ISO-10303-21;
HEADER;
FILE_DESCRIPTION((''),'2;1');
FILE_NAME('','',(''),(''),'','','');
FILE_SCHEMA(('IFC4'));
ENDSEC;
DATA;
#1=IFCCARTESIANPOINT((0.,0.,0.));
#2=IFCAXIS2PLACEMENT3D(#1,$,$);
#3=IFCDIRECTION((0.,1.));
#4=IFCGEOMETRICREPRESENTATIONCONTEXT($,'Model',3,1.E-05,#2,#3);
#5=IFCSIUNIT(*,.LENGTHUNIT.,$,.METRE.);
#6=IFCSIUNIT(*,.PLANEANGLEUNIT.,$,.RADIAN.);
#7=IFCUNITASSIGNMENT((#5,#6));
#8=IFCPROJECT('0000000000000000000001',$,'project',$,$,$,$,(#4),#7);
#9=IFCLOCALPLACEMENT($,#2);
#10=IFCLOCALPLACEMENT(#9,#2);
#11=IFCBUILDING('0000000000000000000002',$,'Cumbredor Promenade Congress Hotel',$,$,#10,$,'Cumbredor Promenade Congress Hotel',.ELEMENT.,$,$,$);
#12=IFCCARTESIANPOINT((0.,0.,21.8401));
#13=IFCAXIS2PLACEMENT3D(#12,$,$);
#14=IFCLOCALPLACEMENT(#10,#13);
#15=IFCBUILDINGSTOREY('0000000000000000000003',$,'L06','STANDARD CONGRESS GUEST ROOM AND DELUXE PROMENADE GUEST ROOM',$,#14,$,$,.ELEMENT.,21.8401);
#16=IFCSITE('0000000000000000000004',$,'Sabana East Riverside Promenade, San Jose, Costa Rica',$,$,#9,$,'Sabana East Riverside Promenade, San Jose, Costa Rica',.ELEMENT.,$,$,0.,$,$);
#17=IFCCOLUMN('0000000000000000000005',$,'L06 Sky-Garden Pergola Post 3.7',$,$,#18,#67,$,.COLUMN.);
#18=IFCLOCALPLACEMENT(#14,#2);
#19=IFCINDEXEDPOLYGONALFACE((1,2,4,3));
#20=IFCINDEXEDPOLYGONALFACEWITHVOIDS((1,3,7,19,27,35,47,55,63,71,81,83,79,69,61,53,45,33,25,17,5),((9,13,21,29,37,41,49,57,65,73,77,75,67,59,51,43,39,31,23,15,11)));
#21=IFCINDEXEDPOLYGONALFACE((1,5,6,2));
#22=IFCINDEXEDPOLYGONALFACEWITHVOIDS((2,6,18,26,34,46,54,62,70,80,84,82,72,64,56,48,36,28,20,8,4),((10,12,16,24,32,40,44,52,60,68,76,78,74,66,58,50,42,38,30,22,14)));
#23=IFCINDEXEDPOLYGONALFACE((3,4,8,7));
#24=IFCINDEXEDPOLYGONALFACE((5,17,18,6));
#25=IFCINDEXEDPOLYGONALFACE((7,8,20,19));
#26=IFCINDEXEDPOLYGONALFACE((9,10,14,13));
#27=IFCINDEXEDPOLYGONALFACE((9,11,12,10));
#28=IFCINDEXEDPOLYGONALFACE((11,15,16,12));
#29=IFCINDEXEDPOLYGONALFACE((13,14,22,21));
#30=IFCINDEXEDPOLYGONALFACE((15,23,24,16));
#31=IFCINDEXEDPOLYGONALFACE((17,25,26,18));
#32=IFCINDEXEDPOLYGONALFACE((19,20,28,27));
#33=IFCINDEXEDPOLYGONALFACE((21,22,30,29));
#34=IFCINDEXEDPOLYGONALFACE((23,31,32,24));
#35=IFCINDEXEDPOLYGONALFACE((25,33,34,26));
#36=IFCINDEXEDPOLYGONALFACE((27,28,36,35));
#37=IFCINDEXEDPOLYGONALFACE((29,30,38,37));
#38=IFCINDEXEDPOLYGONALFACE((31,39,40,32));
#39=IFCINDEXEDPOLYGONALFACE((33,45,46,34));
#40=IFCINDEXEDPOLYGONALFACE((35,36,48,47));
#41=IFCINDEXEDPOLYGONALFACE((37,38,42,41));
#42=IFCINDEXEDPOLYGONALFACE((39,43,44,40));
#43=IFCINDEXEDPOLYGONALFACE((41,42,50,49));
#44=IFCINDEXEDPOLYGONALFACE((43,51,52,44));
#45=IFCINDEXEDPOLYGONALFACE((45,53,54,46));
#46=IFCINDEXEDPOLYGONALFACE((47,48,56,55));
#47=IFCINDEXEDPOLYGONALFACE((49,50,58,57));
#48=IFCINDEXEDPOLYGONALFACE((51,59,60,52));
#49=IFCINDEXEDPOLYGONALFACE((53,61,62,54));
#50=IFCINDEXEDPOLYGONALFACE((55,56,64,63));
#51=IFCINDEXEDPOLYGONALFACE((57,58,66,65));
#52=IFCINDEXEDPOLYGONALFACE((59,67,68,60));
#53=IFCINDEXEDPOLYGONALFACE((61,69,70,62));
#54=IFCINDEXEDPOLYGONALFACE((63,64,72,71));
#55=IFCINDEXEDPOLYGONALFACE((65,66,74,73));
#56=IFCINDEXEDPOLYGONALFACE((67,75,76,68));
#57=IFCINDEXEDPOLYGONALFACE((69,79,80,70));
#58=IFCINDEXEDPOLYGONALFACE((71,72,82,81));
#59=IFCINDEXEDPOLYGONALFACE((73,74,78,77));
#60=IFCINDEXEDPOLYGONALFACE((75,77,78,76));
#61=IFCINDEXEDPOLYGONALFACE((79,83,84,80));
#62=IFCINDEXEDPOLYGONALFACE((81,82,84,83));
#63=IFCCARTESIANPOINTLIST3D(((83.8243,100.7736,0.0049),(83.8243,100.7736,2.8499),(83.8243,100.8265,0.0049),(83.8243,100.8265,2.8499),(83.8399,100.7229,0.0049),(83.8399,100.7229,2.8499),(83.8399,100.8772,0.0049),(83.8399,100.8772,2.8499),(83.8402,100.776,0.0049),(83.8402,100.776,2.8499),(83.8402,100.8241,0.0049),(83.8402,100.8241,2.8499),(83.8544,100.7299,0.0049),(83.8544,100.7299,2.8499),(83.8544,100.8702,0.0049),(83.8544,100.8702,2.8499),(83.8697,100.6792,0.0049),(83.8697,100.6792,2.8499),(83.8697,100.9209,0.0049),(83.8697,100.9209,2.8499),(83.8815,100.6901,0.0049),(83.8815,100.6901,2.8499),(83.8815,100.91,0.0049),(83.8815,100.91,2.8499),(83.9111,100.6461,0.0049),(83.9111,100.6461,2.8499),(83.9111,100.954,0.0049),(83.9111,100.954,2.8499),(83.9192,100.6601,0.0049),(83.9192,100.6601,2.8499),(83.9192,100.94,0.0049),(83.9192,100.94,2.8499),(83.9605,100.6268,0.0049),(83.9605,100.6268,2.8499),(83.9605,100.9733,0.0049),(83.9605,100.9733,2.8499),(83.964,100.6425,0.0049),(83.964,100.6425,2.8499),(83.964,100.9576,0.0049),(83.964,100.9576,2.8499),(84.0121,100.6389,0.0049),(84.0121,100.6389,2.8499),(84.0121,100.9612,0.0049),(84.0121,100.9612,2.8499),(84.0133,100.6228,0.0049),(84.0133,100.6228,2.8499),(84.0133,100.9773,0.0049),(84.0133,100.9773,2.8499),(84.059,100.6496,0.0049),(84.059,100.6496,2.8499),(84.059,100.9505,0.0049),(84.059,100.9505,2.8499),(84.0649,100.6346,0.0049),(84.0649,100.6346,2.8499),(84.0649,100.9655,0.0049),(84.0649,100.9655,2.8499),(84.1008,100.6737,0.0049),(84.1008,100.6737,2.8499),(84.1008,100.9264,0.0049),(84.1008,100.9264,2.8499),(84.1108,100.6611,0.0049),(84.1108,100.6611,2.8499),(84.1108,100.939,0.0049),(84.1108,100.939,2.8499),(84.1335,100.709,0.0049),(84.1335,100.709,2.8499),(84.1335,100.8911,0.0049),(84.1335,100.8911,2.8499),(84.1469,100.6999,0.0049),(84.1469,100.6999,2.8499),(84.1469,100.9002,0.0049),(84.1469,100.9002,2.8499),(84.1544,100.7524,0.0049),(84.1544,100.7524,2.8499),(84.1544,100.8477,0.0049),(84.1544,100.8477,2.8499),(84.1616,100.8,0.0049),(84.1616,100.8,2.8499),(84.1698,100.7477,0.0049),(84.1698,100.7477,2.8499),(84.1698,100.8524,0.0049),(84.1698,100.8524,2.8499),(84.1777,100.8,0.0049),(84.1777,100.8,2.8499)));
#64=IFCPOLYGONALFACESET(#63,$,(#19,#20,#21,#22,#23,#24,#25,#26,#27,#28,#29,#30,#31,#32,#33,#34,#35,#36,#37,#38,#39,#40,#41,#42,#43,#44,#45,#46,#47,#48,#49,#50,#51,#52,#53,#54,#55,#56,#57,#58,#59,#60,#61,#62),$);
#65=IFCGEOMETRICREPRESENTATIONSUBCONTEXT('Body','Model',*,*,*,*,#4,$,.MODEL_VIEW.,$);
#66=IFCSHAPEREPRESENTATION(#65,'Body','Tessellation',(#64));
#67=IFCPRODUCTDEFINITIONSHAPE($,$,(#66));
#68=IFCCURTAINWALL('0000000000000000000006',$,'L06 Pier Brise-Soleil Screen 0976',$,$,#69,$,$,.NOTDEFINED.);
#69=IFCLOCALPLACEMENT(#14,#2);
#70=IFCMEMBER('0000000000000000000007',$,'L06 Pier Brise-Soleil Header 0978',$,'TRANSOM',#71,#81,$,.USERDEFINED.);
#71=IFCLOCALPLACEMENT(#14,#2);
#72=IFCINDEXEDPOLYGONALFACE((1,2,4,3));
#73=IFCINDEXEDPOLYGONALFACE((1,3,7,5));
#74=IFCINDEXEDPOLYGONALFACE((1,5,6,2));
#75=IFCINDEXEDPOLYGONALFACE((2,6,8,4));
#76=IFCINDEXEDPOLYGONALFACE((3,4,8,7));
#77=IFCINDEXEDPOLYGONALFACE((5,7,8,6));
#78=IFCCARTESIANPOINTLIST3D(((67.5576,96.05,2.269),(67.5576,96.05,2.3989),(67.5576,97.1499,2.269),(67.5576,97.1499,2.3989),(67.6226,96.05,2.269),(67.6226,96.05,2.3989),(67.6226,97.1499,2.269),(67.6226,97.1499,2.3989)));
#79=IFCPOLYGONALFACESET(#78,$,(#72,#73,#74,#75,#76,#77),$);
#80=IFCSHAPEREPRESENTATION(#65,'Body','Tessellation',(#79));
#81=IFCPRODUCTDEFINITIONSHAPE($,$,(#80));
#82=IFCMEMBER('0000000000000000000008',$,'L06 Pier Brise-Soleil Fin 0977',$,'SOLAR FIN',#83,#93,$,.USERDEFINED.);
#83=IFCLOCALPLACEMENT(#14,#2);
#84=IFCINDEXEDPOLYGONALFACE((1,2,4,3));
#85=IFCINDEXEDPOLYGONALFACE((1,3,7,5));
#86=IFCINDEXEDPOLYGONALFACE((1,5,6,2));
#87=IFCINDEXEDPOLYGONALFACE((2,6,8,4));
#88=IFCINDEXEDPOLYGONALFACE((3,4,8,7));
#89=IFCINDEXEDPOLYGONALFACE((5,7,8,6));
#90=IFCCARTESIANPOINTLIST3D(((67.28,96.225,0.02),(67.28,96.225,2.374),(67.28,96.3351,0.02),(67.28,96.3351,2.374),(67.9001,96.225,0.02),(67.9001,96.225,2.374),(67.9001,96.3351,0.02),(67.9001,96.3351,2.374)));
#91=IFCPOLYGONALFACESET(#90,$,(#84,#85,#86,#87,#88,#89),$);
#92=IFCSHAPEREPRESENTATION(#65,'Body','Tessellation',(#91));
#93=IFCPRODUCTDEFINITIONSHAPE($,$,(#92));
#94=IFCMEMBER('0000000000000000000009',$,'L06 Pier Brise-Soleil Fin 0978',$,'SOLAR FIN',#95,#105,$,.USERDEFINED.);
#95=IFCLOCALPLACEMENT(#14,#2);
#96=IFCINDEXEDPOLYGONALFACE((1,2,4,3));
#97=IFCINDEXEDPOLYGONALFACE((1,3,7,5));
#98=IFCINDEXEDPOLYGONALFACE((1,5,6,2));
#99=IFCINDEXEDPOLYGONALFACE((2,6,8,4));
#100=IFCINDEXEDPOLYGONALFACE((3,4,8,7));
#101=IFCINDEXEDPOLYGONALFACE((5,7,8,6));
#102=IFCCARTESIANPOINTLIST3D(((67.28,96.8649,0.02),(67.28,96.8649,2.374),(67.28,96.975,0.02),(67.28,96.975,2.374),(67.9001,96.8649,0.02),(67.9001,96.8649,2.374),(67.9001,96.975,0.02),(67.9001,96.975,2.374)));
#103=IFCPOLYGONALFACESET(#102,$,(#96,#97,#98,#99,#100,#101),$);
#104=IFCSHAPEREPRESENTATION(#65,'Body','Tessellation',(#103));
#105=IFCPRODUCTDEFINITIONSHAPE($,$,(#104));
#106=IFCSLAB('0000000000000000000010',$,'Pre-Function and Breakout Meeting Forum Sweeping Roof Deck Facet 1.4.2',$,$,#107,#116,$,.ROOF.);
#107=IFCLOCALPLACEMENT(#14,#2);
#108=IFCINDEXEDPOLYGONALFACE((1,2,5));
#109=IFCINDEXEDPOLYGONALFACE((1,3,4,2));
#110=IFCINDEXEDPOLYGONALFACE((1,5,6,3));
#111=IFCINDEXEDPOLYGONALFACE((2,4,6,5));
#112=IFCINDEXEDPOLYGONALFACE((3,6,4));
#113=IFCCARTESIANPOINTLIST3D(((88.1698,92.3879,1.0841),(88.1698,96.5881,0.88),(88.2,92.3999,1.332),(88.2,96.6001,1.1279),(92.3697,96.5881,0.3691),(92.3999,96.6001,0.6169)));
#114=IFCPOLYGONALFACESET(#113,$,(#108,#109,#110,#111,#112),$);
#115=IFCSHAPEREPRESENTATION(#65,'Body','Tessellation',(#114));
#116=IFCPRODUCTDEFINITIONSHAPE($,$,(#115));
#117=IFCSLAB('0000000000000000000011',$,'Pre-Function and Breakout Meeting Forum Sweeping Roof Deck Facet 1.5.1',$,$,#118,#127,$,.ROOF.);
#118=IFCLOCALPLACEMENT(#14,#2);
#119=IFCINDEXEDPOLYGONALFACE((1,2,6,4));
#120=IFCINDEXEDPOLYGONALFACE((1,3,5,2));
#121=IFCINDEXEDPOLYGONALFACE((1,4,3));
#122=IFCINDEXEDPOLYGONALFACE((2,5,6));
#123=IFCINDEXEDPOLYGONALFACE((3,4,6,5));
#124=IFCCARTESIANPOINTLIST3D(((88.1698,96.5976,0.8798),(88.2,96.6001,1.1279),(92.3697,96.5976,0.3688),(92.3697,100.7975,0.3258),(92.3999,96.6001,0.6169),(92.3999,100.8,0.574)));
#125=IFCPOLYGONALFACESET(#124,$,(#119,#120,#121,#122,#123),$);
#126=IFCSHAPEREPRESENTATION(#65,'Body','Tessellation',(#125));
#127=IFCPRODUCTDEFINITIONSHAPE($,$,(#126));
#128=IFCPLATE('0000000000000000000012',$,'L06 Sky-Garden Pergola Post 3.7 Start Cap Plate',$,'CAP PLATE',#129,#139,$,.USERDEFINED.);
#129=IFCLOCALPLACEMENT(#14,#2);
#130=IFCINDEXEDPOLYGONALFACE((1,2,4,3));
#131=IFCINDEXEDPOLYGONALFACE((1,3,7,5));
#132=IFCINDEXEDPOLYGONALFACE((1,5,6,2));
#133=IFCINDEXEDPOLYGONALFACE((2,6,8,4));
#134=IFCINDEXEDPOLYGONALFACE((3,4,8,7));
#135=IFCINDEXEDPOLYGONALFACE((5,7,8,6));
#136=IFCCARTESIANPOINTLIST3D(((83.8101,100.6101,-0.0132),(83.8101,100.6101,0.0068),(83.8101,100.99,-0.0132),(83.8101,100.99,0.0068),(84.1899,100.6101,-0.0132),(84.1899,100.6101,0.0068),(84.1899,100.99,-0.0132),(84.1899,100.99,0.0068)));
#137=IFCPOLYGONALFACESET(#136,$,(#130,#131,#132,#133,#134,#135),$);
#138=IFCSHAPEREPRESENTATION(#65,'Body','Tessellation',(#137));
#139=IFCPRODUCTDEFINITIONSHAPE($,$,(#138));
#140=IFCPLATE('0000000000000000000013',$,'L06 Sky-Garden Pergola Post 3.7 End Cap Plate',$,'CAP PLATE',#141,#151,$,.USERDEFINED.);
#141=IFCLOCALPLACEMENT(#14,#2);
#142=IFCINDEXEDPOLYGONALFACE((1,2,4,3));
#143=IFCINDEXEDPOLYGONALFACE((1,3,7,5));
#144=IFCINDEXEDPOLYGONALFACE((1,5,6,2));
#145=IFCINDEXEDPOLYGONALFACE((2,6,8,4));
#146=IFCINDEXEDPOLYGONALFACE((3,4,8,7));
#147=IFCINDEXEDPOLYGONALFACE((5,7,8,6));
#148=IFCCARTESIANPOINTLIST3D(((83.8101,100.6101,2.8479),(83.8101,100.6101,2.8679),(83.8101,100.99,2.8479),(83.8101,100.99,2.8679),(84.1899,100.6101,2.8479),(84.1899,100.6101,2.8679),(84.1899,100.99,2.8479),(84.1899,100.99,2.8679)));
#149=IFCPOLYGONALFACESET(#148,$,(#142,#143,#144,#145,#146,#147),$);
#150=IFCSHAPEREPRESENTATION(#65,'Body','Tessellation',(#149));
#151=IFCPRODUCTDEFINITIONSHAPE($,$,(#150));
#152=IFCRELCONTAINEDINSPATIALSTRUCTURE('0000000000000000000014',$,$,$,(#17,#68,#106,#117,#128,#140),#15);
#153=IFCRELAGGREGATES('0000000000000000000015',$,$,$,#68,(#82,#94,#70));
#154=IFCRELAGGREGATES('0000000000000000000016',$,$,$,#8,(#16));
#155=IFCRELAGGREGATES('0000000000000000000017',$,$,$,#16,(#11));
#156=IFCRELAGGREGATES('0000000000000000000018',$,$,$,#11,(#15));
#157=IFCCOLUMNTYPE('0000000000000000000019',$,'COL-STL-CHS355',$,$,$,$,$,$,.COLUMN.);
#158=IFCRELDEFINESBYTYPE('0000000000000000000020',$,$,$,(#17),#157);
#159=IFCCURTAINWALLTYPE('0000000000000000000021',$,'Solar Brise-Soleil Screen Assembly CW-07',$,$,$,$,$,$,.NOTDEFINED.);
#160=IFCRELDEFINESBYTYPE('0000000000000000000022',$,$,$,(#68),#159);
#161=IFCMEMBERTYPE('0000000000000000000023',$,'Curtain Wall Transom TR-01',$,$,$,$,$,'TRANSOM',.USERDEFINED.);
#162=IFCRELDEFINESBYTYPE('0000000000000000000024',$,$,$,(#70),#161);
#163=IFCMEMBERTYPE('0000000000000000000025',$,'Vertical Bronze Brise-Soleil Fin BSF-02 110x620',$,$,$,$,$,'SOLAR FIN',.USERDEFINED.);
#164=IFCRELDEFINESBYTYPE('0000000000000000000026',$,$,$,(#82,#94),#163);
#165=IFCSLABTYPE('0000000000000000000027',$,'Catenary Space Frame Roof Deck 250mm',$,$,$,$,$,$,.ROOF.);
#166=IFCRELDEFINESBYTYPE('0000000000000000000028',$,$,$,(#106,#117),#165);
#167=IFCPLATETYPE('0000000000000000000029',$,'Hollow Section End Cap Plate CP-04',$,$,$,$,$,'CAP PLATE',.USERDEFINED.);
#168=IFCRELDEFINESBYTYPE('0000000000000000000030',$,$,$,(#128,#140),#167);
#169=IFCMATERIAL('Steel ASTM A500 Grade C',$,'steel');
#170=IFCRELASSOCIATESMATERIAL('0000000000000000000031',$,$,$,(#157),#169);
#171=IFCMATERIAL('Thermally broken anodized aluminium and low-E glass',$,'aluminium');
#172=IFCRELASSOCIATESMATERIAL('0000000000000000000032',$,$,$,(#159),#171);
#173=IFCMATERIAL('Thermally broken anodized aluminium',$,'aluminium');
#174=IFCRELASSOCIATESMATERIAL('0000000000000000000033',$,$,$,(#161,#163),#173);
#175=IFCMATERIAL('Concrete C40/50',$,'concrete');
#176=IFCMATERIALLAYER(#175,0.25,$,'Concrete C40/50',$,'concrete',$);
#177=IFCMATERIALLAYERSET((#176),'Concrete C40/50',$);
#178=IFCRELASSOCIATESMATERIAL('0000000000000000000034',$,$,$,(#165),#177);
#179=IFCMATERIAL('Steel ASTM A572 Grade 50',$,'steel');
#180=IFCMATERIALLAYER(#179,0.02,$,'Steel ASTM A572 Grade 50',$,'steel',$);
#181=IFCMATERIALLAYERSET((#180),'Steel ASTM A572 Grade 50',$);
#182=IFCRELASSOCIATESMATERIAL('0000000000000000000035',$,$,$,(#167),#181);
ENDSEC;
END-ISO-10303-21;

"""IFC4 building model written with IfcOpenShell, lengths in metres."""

from ifc_helpers import new_model, si_unit, direction, frame, origin, origin_2d, place, context, subcontext, project, spatial, polyline, rectangle, hollow_circle, outline, extrude, material, layer, layer_set, material_profile, profile_set, type_object, element, aggregate, save


model = new_model("IFC4")

# Units and contexts
model_context = context("Model", 3, precision=1e-05, world=origin(), true_north=direction((0.0, 1.0)))
body_context = subcontext(model_context, "Body", "Model", "MODEL_VIEW")
ifc_project = project(units=[si_unit("LENGTHUNIT", "METRE"), si_unit("PLANEANGLEUNIT", "RADIAN")], contexts=[model_context])

# Site, building, storey
site_placement = place(None, origin())
site = spatial("IfcSite", under=ifc_project, at=site_placement, Name="Sabana East Riverside Promenade, San Jose, Costa Rica", LongName="Sabana East Riverside Promenade, San Jose, Costa Rica", CompositionType="ELEMENT", RefElevation=0.0)
building_placement = place(site_placement, origin())
building = spatial("IfcBuilding", under=site, at=building_placement, Name="Cumbredor Promenade Congress Hotel", LongName="Cumbredor Promenade Congress Hotel", CompositionType="ELEMENT")
storey_placement = place(building_placement, frame((0.0, 0.0, 21.8401)))
storey = spatial("IfcBuildingStorey", under=building, at=storey_placement, Name="L06", Description="STANDARD CONGRESS GUEST ROOM AND DELUXE PROMENADE GUEST ROOM", CompositionType="ELEMENT", Elevation=21.8401)

# Column
ifc_material_1 = material(Name="Steel ASTM A500 Grade C", Category="steel")
ifc_material_profile_1 = material_profile(ifc_material_1, hollow_circle(Radius=0.1777, WallThickness=0.0161, at=origin_2d()), Name="CHS 355.6x16")
ifc_profile_set_1 = profile_set([ifc_material_profile_1], Name="Steel ASTM A500 Grade C")
column_type = type_object("IfcColumnType", Name="COL-STL-CHS355", PredefinedType="COLUMN", material=ifc_profile_set_1)
column_placement = place(storey_placement, frame((84.0, 100.8, 0.0049), z_axis=(0.0, 0.0, 1.0), x_axis=(1.0, 0.0, 0.0)))
element("IfcColumn", 1, at=column_placement, inside=storey, type_object=column_type, Name="L06 Sky-Garden Pergola Post 3.7", PredefinedType="COLUMN", context=body_context, shape_type="SweptSolid", body=[
    extrude(hollow_circle(Radius=0.1777, WallThickness=0.0161, at=origin_2d()), origin(), (0.0, 0.0, 1.0), 2.845),
])

# Curtain wall, members
ifc_material_2 = material(Name="Thermally broken anodized aluminium and low-E glass", Category="aluminium")
curtain_wall_type = type_object("IfcCurtainWallType", Name="Solar Brise-Soleil Screen Assembly CW-07", PredefinedType="NOTDEFINED", material=ifc_material_2)
curtain_wall_placement = place(storey_placement, origin())
curtain_wall = element("IfcCurtainWall", 2, at=curtain_wall_placement, inside=storey, type_object=curtain_wall_type, Name="L06 Pier Brise-Soleil Screen 0976", PredefinedType="NOTDEFINED")
ifc_material_3 = material(Name="Thermally broken anodized aluminium", Category="aluminium")
ifc_material_profile_2 = material_profile(ifc_material_3, rectangle(XDim=0.0649, YDim=0.1299, at=origin_2d()), Name="ALU TRANSOM 65x130")
ifc_profile_set_2 = profile_set([ifc_material_profile_2], Name="Thermally broken anodized aluminium")
member_type_1 = type_object("IfcMemberType", Name="Curtain Wall Transom TR-01", ElementType="TRANSOM", PredefinedType="USERDEFINED", material=ifc_profile_set_2)
member_1_placement = place(storey_placement, frame((67.5901, 96.05, 2.334), z_axis=(0.0, 1.0, 0.0), x_axis=(-1.0, 0.0, 0.0)))
member_1 = element("IfcMember", 3, at=member_1_placement, type_object=member_type_1, Name="L06 Pier Brise-Soleil Header 0978", ObjectType="TRANSOM", PredefinedType="USERDEFINED", context=body_context, shape_type="SweptSolid", body=[
    extrude(rectangle(XDim=0.0649, YDim=0.1299, at=origin_2d()), origin(), (0.0, 0.0, 1.0), 1.0999),
])
ifc_material_profile_3 = material_profile(ifc_material_3, rectangle(XDim=0.1101, YDim=0.6201, at=origin_2d()), Name="ARCH FIN 110x620")
ifc_profile_set_3 = profile_set([ifc_material_profile_3], Name="Thermally broken anodized aluminium")
member_type_2 = type_object("IfcMemberType", Name="Vertical Bronze Brise-Soleil Fin BSF-02 110x620", ElementType="SOLAR FIN", PredefinedType="USERDEFINED", material=ifc_profile_set_3)
member_2_placement = place(storey_placement, frame((67.5901, 96.28, 0.02), z_axis=(0.0, 0.0, 1.0), x_axis=(0.0, 1.0, 0.0)))
member_2 = element("IfcMember", 4, at=member_2_placement, type_object=member_type_2, Name="L06 Pier Brise-Soleil Fin 0977", ObjectType="SOLAR FIN", PredefinedType="USERDEFINED", context=body_context, shape_type="SweptSolid", body=[
    extrude(rectangle(XDim=0.1101, YDim=0.6201, at=origin_2d()), origin(), (0.0, 0.0, 1.0), 2.354),
])
member_3_placement = place(storey_placement, frame((67.5901, 96.9199, 0.02), z_axis=(0.0, 0.0, 1.0), x_axis=(0.0, 1.0, 0.0)))
member_3 = element("IfcMember", 5, at=member_3_placement, type_object=member_type_2, Name="L06 Pier Brise-Soleil Fin 0978", ObjectType="SOLAR FIN", PredefinedType="USERDEFINED", context=body_context, shape_type="SweptSolid", body=[
    extrude(rectangle(XDim=0.1101, YDim=0.6201, at=origin_2d()), origin(), (0.0, 0.0, 1.0), 2.354),
])
aggregate(curtain_wall, [member_2, member_3, member_1])

# Slabs
ifc_material_4 = material(Name="Concrete C40/50", Category="concrete")
ifc_layer_1 = layer(ifc_material_4, 0.25, Name="Concrete C40/50", Category="concrete")
ifc_layer_set_1 = layer_set([ifc_layer_1], Name="Concrete C40/50")
slab_type = type_object("IfcSlabType", Name="Catenary Space Frame Roof Deck 250mm", PredefinedType="ROOF", material=ifc_layer_set_1)
slab_1_placement = place(storey_placement, frame((88.2, 92.3999, 1.332), z_axis=(0.120634, 0.048182, 0.991527), x_axis=(0.702017, 0.702058, -0.119526)))
element("IfcSlab", 6, at=slab_1_placement, inside=storey, type_object=slab_type, Name="Pre-Function and Breakout Meeting Forum Sweeping Roof Deck Facet 1.4.2", PredefinedType="ROOF", context=body_context, shape_type="SweptSolid", body=[
    extrude(outline(polyline([(0.0, 0.0), (5.9827, 0.0), (2.9732, 2.9738), (0.0, 0.0)])), origin(), (0.0, 0.0, -1.0), 0.25),
])
slab_2_placement = place(storey_placement, frame((88.2, 96.6001, 1.1279), z_axis=(0.120768, 0.010155, 0.992629), x_axis=(0.99268, 0.0, -0.120774)))
element("IfcSlab", 7, at=slab_2_placement, inside=storey, type_object=slab_type, Name="Pre-Function and Breakout Meeting Forum Sweeping Roof Deck Facet 1.5.1", PredefinedType="ROOF", context=body_context, shape_type="SweptSolid", body=[
    extrude(outline(polyline([(0.0, 0.0), (4.2309, 0.0), (4.2361, 4.2002), (0.0, 0.0)])), origin(), (0.0, 0.0, -1.0), 0.25),
])

# Plates
ifc_material_5 = material(Name="Steel ASTM A572 Grade 50", Category="steel")
ifc_layer_2 = layer(ifc_material_5, 0.02, Name="Steel ASTM A572 Grade 50", Category="steel")
ifc_layer_set_2 = layer_set([ifc_layer_2], Name="Steel ASTM A572 Grade 50")
plate_type = type_object("IfcPlateType", Name="Hollow Section End Cap Plate CP-04", ElementType="CAP PLATE", PredefinedType="USERDEFINED", material=ifc_layer_set_2)
for number, where, z_axis, x_axis, name in (
    (8, (84.0, 100.8, -0.0132), (0.0, 0.0, 1.0), (1.0, 0.0, 0.0), "L06 Sky-Garden Pergola Post 3.7 Start Cap Plate"),
    (9, (84.0, 100.8, 2.8479), (0.0, 0.0, 1.0), (1.0, 0.0, 0.0), "L06 Sky-Garden Pergola Post 3.7 End Cap Plate"),
):
    element("IfcPlate", number, at=place(storey_placement, frame(where, z_axis=z_axis, x_axis=x_axis)), inside=storey, type_object=plate_type, Name=name, ObjectType="CAP PLATE", PredefinedType="USERDEFINED", context=body_context, shape_type="SweptSolid", body=[
        extrude(rectangle(XDim=0.3799, YDim=0.3799, at=origin_2d()), origin(), (0.0, 0.0, 1.0), 0.02),
    ])

save(model, "model.ifc")
